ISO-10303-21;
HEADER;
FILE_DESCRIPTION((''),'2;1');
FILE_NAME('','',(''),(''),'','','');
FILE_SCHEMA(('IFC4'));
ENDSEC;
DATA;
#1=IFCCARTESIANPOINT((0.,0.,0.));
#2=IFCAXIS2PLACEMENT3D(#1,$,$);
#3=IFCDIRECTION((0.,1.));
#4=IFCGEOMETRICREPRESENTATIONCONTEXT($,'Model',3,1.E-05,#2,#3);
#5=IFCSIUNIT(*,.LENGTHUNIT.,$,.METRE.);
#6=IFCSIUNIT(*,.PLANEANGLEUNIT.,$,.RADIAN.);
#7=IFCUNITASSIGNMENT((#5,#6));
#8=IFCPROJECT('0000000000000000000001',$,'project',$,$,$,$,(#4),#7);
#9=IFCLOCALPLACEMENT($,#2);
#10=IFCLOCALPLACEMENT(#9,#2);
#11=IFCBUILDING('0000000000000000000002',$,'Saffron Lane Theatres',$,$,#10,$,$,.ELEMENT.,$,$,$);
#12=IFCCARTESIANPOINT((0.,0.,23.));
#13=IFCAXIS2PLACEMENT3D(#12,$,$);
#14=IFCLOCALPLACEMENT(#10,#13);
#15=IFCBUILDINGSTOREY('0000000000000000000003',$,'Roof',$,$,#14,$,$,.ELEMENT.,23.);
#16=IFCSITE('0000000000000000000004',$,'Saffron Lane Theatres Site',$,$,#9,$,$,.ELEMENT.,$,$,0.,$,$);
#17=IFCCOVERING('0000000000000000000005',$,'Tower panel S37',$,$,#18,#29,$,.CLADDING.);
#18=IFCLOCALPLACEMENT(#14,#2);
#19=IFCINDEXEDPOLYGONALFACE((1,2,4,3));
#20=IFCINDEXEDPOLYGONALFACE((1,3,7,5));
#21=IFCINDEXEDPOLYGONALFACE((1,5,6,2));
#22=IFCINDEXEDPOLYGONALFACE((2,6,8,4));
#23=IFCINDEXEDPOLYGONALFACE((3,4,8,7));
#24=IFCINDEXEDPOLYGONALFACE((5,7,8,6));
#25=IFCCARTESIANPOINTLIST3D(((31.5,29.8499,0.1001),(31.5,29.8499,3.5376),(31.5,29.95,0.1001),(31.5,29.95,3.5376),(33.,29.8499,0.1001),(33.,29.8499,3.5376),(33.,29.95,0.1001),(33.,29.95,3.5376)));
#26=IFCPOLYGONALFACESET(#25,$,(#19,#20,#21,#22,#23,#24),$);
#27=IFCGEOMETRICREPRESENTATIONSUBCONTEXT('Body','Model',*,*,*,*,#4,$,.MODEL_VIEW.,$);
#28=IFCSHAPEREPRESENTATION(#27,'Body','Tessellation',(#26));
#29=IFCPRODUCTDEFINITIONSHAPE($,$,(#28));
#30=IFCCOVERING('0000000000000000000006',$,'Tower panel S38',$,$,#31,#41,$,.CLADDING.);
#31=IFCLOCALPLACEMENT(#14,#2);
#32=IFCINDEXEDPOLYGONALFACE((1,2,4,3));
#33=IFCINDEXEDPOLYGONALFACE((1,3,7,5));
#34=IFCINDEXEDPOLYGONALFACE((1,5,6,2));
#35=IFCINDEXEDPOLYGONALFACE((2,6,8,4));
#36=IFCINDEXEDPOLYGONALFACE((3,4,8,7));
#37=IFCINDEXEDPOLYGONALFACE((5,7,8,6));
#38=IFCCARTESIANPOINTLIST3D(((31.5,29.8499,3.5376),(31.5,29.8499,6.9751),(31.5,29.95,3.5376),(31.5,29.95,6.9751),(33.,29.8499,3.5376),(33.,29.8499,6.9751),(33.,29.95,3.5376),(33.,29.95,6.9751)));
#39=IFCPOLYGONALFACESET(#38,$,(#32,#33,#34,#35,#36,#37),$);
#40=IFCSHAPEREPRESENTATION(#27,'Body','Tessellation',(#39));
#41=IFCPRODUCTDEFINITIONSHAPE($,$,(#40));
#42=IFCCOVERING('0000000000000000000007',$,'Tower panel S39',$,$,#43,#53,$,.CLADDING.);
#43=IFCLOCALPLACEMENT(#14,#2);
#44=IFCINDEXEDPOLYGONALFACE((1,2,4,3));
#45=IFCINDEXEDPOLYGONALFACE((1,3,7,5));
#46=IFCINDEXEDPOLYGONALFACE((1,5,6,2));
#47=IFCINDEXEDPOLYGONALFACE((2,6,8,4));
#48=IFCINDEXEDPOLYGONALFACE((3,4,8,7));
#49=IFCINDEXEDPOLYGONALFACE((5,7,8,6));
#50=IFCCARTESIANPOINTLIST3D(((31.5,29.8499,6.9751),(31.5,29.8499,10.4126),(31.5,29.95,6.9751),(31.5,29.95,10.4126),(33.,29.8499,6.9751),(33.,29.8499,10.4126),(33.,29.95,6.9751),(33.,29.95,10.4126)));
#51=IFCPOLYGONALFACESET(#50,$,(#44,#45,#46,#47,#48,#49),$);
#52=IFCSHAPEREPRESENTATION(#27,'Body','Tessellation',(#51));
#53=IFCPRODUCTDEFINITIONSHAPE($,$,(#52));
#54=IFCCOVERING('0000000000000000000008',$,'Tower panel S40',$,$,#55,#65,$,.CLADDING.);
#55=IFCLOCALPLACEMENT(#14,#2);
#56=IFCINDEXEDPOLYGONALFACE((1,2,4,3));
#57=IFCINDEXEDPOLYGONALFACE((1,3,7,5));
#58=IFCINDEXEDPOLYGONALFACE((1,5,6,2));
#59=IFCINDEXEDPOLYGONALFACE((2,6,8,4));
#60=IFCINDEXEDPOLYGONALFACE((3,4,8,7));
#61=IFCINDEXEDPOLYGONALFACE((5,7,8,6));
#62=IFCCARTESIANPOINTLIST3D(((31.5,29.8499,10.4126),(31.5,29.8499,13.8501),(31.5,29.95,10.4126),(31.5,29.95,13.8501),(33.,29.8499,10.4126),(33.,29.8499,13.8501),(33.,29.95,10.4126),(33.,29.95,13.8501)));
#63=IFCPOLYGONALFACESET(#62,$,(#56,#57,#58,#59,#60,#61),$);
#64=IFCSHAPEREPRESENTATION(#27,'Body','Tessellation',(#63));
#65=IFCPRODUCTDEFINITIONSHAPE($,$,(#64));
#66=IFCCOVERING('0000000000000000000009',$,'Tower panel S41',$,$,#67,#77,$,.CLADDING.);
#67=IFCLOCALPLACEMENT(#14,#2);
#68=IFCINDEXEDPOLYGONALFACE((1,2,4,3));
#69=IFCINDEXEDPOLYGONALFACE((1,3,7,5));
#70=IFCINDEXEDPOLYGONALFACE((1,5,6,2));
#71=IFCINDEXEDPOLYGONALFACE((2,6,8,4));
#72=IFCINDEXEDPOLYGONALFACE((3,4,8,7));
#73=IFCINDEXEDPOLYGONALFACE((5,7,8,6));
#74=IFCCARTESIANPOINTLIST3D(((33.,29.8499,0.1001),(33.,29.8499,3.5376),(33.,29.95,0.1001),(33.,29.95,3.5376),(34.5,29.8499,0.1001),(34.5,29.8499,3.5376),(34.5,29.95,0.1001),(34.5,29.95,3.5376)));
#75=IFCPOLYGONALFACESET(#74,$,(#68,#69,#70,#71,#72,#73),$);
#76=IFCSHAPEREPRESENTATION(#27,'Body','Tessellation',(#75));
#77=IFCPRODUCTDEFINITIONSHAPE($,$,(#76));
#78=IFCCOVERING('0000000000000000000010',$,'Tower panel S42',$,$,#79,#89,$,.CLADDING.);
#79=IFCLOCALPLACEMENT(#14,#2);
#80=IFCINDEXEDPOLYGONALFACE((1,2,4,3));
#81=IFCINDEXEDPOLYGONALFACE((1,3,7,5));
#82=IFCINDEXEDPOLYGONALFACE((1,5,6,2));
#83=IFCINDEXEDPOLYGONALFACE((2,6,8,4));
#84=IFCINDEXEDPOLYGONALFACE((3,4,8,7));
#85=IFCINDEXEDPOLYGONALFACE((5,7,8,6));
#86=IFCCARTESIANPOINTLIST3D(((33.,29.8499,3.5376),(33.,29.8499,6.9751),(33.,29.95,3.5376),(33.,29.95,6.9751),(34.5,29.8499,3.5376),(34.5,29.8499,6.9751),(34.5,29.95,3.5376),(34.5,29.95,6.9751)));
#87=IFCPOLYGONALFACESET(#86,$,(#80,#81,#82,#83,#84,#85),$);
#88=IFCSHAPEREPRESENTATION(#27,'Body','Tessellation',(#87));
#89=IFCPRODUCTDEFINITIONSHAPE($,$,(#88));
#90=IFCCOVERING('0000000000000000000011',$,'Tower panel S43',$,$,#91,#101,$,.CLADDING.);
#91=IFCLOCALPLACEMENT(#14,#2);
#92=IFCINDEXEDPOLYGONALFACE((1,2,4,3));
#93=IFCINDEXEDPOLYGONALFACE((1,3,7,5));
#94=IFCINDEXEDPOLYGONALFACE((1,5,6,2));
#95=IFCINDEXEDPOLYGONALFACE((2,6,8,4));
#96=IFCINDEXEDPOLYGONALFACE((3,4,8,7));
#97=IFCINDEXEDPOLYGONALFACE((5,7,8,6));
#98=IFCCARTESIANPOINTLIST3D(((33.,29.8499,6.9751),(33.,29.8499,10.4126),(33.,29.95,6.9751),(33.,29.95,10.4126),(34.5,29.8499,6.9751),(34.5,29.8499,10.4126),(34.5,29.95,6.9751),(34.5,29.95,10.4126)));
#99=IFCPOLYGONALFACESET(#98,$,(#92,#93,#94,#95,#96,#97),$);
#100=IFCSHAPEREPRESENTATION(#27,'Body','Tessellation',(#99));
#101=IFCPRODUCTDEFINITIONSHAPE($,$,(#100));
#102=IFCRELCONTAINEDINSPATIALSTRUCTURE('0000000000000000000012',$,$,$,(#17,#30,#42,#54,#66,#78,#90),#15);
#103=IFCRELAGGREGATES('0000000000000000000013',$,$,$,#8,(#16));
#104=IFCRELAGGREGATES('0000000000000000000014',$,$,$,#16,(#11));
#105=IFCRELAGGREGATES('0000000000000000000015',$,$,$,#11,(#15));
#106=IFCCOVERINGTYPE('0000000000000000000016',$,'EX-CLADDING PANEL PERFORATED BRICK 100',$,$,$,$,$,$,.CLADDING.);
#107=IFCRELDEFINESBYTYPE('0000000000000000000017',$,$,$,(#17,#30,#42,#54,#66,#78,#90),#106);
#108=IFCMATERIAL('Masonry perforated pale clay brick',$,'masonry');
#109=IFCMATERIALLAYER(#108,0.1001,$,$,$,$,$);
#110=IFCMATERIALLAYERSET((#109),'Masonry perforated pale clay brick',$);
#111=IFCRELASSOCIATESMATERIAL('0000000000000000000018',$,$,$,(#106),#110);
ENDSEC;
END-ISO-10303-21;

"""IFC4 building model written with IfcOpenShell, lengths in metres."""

from ifc_helpers import new_model, si_unit, direction, frame, origin, origin_2d, place, context, subcontext, project, spatial, rectangle, extrude, material, layer, layer_set, type_object, element, save


model = new_model("IFC4")

# Units and contexts
model_context = context("Model", 3, precision=1e-05, world=origin(), true_north=direction((0.0, 1.0)))
body_context = subcontext(model_context, "Body", "Model", "MODEL_VIEW")
ifc_project = project(units=[si_unit("LENGTHUNIT", "METRE"), si_unit("PLANEANGLEUNIT", "RADIAN")], contexts=[model_context])

# Site, building, storey
site_placement = place(None, origin())
site = spatial("IfcSite", under=ifc_project, at=site_placement, Name="Saffron Lane Theatres Site", CompositionType="ELEMENT", RefElevation=0.0)
building_placement = place(site_placement, origin())
building = spatial("IfcBuilding", under=site, at=building_placement, Name="Saffron Lane Theatres", CompositionType="ELEMENT")
storey_placement = place(building_placement, frame((0.0, 0.0, 23.0)))
storey = spatial("IfcBuildingStorey", under=building, at=storey_placement, Name="Roof", CompositionType="ELEMENT", Elevation=23.0)

# Coverings
ifc_material_1 = material(Name="Masonry perforated pale clay brick", Category="masonry")
ifc_layer_1 = layer(ifc_material_1, 0.1001)
ifc_layer_set_1 = layer_set([ifc_layer_1], Name="Masonry perforated pale clay brick")
covering_type_1 = type_object("IfcCoveringType", Name="EX-CLADDING PANEL PERFORATED BRICK 100", PredefinedType="CLADDING", material=ifc_layer_set_1)
for number, where, z_axis, x_axis, name in (
    (1, (32.25, 29.8999, 0.1001), (0.0, 0.0, 1.0), (1.0, 0.0, 0.0), "Tower panel S37"),
    (2, (32.25, 29.8999, 3.5376), (0.0, 0.0, 1.0), (1.0, 0.0, 0.0), "Tower panel S38"),
    (3, (32.25, 29.8999, 6.9751), (0.0, 0.0, 1.0), (1.0, 0.0, 0.0), "Tower panel S39"),
    (4, (32.25, 29.8999, 10.4126), (0.0, 0.0, 1.0), (1.0, 0.0, 0.0), "Tower panel S40"),
    (5, (33.75, 29.8999, 0.1001), (0.0, 0.0, 1.0), (1.0, 0.0, 0.0), "Tower panel S41"),
    (6, (33.75, 29.8999, 3.5376), (0.0, 0.0, 1.0), (1.0, 0.0, 0.0), "Tower panel S42"),
    (7, (33.75, 29.8999, 6.9751), (0.0, 0.0, 1.0), (1.0, 0.0, 0.0), "Tower panel S43"),
):
    element("IfcCovering", number, at=place(storey_placement, frame(where, z_axis=z_axis, x_axis=x_axis)), inside=storey, type_object=covering_type_1, Name=name, PredefinedType="CLADDING", context=body_context, shape_type="SweptSolid", body=[
        extrude(rectangle(XDim=1.5, YDim=0.1001, at=origin_2d()), origin(), (0.0, 0.0, 1.0), 3.4375),
    ])

save(model, "model.ifc")
